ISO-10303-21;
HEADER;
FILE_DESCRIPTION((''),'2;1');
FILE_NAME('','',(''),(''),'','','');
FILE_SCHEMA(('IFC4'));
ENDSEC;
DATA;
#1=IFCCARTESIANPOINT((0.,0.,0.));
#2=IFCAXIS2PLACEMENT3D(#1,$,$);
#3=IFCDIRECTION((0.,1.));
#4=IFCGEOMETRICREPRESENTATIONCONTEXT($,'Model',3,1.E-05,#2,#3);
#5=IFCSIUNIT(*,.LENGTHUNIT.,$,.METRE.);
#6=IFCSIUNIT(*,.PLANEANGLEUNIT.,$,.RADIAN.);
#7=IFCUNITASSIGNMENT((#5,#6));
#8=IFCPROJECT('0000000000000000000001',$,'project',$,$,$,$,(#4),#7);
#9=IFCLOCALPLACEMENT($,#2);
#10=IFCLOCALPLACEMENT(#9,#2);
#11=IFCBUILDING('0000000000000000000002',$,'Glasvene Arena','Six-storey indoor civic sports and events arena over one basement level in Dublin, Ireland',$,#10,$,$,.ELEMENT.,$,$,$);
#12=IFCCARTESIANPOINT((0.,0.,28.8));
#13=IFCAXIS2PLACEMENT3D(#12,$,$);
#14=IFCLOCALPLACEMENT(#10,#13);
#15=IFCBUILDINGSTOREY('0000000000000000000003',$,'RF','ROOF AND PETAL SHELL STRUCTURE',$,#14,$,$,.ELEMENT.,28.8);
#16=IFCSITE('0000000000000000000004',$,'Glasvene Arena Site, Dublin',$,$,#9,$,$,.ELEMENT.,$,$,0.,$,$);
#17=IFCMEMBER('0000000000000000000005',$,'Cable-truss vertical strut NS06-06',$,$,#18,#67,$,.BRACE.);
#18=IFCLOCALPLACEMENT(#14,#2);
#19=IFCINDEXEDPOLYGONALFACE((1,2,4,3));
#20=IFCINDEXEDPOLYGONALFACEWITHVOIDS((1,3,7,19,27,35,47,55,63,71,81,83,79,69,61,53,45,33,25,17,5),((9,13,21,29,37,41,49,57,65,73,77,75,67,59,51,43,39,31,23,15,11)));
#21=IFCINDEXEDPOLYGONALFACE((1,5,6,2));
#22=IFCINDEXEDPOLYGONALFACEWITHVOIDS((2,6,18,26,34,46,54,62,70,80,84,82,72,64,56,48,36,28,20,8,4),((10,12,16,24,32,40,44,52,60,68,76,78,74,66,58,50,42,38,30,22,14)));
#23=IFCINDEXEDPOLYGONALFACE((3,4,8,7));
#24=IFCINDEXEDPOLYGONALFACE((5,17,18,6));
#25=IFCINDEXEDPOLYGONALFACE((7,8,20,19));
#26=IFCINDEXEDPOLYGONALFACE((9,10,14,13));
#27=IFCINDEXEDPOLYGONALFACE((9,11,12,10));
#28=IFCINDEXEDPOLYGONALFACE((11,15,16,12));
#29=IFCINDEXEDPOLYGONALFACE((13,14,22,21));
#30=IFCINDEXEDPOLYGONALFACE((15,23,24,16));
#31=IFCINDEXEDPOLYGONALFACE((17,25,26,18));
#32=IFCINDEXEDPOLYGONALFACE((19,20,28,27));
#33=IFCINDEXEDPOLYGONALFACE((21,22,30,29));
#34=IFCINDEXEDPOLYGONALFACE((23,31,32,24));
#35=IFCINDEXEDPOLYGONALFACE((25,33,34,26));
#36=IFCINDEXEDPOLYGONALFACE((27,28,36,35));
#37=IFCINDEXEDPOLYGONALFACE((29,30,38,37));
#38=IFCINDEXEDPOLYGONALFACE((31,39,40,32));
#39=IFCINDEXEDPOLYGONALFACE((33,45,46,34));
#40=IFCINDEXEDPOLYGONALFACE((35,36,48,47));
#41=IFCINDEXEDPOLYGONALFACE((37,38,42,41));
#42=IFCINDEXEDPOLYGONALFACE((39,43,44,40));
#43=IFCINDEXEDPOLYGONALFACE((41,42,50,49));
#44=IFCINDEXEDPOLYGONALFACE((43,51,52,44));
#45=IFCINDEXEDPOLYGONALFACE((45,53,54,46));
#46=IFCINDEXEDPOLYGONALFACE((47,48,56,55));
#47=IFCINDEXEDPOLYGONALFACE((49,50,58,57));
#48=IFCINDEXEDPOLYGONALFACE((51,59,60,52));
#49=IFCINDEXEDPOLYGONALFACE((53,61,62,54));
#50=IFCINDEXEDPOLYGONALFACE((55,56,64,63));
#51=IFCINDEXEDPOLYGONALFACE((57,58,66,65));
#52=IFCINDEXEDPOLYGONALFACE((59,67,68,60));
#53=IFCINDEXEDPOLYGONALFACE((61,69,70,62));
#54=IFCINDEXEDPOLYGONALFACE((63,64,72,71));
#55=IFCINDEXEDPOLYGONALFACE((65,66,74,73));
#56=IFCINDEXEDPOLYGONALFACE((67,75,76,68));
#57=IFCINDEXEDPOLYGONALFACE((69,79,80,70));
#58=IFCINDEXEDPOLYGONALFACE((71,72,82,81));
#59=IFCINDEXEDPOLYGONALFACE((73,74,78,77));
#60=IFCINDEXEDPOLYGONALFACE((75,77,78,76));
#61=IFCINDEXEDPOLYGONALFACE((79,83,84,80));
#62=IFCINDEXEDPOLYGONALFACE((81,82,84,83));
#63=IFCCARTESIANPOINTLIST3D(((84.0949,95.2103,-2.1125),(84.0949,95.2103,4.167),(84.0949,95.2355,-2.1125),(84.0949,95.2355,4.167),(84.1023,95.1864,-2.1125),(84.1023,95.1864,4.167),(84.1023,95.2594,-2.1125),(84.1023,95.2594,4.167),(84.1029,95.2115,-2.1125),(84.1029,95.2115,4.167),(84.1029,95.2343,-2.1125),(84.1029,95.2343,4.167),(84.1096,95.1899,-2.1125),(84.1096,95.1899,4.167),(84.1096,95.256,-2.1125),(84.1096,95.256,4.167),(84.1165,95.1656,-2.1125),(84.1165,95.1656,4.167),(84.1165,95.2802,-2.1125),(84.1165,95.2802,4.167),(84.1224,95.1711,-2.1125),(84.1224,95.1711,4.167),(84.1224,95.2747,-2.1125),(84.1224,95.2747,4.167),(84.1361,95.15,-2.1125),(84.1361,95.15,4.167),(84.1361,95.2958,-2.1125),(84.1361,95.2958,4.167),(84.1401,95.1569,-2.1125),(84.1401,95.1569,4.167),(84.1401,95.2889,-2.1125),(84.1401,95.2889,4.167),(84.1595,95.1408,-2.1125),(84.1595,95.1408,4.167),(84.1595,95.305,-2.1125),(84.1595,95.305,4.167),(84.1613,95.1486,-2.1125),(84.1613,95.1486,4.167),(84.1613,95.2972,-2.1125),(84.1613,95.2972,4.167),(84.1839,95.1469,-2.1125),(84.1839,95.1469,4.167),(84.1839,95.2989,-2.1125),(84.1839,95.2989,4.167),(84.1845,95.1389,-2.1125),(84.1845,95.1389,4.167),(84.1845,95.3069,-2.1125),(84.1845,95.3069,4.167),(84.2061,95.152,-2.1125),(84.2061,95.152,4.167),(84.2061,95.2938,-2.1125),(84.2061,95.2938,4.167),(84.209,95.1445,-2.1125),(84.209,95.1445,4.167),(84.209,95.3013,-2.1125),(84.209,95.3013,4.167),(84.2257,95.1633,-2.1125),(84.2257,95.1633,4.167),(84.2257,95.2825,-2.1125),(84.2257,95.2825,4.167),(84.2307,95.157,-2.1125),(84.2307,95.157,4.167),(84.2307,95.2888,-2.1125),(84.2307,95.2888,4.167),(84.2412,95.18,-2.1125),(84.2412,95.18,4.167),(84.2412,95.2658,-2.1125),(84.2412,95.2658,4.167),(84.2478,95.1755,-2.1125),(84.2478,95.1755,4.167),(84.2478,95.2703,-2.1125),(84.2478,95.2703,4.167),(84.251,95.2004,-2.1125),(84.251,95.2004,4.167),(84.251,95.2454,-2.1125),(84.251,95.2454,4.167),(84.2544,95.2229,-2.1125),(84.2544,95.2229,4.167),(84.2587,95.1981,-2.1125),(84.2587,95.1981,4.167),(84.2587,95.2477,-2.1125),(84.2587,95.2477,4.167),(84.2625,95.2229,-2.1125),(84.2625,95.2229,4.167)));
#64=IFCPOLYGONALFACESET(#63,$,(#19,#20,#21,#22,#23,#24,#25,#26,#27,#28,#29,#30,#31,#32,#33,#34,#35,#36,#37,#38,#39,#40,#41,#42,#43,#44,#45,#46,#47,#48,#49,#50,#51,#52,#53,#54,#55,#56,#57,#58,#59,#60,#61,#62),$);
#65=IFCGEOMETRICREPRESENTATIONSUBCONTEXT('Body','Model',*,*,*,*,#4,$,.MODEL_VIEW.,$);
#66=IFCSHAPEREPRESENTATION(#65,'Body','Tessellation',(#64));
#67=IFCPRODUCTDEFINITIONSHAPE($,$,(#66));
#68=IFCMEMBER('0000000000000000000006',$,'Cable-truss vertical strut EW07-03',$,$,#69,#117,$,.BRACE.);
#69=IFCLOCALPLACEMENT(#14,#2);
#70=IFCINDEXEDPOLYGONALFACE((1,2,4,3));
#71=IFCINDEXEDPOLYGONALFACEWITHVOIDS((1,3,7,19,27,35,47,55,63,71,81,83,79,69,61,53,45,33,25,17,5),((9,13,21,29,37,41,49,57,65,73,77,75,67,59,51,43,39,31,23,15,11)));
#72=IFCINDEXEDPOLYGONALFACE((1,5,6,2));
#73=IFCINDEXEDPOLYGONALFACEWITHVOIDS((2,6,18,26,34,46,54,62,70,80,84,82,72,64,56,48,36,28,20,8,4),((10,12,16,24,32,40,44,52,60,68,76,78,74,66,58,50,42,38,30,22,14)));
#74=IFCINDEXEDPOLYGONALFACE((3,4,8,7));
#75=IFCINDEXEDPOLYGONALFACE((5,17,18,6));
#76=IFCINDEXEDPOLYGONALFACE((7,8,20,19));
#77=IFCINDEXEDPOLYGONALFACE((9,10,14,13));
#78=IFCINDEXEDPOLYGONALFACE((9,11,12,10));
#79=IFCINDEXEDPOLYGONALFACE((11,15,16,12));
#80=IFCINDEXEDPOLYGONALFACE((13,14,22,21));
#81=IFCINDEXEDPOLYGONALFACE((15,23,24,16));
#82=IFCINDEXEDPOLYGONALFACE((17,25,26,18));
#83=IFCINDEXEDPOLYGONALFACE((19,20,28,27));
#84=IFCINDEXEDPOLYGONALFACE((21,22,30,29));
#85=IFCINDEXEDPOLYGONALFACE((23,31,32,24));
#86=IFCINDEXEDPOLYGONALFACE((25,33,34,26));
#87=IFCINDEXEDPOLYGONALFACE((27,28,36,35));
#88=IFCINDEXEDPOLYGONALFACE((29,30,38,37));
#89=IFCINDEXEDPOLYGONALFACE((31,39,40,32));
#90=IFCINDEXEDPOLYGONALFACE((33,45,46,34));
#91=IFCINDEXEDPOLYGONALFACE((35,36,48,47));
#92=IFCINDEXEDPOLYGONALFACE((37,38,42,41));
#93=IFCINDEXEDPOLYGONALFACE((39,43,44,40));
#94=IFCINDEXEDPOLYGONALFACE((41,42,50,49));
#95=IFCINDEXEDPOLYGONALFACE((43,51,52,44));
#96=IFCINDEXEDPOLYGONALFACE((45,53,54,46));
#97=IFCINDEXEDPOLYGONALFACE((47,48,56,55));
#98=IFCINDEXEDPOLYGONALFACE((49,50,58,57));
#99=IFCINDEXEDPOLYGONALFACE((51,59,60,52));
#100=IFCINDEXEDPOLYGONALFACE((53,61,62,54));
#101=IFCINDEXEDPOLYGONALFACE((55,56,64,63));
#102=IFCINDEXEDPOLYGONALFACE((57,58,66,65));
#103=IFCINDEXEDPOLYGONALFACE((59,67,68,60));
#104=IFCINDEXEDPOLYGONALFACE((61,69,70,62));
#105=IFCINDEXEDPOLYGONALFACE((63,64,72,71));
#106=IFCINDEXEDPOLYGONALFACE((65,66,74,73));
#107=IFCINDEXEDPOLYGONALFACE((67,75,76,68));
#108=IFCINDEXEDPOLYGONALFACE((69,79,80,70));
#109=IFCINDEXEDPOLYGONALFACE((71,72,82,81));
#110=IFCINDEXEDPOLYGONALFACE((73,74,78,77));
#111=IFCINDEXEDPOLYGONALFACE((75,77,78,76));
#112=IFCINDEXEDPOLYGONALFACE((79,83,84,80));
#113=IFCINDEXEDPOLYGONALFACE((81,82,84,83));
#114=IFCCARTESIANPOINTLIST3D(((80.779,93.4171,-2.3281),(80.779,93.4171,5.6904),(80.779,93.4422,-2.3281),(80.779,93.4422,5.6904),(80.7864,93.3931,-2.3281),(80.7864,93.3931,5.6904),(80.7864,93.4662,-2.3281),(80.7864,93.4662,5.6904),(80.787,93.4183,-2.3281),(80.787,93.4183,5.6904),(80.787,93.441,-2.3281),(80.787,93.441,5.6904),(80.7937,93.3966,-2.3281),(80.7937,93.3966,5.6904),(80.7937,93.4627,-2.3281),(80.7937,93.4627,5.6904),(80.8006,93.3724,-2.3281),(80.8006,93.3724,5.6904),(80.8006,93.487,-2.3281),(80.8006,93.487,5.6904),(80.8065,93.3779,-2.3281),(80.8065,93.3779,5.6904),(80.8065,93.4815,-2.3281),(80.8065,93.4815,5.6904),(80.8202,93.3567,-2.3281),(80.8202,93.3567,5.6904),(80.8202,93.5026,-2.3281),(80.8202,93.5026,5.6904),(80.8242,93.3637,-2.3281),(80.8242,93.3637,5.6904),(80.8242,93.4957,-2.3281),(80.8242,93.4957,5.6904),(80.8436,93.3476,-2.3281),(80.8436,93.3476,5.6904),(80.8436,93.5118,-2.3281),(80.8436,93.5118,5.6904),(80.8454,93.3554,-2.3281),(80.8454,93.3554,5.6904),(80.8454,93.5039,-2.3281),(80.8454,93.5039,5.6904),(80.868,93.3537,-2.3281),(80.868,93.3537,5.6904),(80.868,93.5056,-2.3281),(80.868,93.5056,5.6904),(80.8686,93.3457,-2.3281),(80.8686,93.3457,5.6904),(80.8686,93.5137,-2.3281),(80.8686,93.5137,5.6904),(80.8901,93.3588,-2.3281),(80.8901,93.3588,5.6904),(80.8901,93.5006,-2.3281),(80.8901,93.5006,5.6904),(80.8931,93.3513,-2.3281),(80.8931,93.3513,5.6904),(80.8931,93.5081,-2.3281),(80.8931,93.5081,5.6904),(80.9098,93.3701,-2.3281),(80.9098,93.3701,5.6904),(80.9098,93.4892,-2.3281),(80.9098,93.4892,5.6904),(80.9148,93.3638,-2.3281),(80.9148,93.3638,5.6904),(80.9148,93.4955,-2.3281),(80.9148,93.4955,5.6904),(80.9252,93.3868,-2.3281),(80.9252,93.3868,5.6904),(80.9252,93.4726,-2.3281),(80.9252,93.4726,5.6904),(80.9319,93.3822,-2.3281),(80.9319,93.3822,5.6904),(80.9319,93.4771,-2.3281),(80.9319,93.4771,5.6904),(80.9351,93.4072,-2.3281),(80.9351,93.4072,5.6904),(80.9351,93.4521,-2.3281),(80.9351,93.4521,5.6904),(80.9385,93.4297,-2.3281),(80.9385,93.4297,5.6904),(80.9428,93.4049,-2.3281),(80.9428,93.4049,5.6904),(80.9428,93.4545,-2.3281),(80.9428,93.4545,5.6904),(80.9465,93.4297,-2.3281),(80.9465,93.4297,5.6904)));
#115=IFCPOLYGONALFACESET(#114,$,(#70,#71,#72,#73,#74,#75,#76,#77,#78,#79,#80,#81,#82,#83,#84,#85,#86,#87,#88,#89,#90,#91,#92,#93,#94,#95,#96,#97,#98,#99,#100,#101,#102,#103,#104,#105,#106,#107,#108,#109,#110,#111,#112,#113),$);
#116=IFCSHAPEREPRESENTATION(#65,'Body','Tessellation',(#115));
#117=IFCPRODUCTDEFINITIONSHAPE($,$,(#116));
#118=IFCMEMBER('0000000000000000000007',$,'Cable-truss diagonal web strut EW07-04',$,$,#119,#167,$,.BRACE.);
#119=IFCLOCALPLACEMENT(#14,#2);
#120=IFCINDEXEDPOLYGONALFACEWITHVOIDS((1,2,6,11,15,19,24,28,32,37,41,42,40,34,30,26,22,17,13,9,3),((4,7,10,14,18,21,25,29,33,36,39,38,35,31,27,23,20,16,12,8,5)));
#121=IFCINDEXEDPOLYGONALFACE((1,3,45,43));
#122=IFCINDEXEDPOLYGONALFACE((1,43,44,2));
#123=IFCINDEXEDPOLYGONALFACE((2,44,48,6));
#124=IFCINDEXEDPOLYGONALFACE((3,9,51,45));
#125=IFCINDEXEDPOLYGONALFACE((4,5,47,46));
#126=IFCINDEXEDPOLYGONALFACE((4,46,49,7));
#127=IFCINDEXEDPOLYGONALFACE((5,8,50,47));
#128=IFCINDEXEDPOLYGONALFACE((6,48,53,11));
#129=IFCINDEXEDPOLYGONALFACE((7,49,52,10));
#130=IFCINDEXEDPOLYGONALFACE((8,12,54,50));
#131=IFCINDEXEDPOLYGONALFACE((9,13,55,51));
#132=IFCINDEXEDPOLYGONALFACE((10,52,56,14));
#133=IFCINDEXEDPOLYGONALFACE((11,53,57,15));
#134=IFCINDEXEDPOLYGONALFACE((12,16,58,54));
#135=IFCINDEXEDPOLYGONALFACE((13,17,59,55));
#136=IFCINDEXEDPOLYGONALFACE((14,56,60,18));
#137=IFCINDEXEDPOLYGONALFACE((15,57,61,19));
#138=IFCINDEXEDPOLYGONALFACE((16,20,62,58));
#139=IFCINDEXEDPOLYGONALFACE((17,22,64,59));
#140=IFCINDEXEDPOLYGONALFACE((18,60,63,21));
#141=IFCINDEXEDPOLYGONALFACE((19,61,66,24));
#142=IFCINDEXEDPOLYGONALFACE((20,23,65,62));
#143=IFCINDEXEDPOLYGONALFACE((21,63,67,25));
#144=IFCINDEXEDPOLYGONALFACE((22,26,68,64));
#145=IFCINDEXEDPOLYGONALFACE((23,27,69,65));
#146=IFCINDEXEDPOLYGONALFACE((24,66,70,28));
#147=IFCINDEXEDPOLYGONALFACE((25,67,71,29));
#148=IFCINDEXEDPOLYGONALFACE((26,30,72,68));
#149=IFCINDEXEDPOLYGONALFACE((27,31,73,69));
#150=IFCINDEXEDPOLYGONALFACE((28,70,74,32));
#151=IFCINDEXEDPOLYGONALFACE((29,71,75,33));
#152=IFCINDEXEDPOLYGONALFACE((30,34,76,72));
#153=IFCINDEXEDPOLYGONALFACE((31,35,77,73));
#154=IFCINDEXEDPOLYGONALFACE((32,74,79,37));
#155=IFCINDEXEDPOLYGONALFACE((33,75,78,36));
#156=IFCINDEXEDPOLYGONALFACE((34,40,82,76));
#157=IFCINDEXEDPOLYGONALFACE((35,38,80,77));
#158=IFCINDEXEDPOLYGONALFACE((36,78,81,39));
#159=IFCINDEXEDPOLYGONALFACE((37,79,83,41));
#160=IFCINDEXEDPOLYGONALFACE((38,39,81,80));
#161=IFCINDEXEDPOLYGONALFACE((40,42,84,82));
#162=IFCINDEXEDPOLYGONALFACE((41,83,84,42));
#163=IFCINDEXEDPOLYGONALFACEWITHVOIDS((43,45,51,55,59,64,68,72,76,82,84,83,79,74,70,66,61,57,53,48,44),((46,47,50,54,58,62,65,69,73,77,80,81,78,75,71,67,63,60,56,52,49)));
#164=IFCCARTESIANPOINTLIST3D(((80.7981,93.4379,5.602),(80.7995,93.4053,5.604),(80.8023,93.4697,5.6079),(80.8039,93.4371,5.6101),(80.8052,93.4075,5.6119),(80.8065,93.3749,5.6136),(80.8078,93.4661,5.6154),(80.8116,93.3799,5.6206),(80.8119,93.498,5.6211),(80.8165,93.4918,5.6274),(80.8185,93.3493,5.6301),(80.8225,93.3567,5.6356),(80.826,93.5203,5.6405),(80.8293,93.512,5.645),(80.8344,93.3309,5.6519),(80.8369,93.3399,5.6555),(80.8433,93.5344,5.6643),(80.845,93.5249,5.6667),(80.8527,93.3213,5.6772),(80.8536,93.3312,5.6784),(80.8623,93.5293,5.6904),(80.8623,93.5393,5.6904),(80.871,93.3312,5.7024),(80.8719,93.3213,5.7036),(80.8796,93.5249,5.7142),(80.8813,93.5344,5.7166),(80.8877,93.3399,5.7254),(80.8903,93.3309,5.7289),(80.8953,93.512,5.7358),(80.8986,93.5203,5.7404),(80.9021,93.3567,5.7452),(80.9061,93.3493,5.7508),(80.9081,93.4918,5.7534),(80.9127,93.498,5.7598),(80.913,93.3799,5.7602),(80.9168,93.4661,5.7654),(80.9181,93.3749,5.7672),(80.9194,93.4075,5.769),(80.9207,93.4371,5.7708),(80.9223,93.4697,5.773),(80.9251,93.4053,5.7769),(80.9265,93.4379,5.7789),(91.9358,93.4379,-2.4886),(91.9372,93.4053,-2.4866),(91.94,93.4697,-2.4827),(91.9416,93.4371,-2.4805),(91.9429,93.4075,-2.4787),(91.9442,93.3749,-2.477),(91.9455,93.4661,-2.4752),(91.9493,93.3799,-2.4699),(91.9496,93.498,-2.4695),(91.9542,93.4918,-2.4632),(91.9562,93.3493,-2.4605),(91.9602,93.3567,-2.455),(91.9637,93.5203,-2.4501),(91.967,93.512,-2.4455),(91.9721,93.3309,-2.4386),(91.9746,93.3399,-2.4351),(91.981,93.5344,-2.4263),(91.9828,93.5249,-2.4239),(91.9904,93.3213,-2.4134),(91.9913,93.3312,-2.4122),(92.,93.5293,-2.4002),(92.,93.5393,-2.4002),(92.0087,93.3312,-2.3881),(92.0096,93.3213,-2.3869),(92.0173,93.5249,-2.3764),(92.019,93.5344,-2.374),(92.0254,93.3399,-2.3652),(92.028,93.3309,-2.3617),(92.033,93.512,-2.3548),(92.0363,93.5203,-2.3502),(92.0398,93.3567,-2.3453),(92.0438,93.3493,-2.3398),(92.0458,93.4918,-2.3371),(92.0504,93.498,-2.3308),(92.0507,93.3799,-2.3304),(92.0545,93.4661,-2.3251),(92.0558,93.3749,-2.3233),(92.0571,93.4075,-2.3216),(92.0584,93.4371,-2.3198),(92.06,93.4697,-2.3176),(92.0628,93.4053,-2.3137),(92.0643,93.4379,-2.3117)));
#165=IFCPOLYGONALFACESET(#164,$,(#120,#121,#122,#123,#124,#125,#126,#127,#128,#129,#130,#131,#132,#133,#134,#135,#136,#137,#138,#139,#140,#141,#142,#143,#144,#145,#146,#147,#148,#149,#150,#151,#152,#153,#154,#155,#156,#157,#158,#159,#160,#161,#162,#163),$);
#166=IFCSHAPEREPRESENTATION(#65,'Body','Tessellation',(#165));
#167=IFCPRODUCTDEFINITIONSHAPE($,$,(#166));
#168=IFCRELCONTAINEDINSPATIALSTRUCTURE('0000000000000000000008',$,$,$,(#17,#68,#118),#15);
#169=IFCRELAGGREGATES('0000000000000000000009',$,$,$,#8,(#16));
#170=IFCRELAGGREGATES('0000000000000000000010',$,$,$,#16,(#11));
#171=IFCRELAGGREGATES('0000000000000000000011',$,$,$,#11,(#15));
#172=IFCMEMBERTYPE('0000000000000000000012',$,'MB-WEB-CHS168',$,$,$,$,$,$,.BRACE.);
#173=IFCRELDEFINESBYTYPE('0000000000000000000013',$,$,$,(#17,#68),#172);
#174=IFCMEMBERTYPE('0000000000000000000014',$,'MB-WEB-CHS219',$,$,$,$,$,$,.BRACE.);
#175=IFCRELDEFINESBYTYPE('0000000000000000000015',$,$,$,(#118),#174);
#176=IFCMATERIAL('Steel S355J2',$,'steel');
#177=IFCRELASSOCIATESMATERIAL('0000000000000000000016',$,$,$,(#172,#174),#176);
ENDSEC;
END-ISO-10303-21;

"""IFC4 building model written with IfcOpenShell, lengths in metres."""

from ifc_helpers import new_model, si_unit, direction, frame, origin, origin_2d, place, context, subcontext, project, spatial, hollow_circle, extrude, material, material_profile, profile_set, type_object, element, save


model = new_model("IFC4")

# Units and contexts
model_context = context("Model", 3, precision=1e-05, world=origin(), true_north=direction((0.0, 1.0)))
body_context = subcontext(model_context, "Body", "Model", "MODEL_VIEW")
ifc_project = project(units=[si_unit("LENGTHUNIT", "METRE"), si_unit("PLANEANGLEUNIT", "RADIAN")], contexts=[model_context])

# Site, building, storey
site_placement = place(None, origin())
site = spatial("IfcSite", under=ifc_project, at=site_placement, Name="Glasvene Arena Site, Dublin", CompositionType="ELEMENT", RefElevation=0.0)
building_placement = place(site_placement, origin())
building = spatial("IfcBuilding", under=site, at=building_placement, Name="Glasvene Arena", Description="Six-storey indoor civic sports and events arena over one basement level in Dublin, Ireland", CompositionType="ELEMENT")
storey_placement = place(building_placement, frame((0.0, 0.0, 28.8)))
storey = spatial("IfcBuildingStorey", under=building, at=storey_placement, Name="RF", Description="ROOF AND PETAL SHELL STRUCTURE", CompositionType="ELEMENT", Elevation=28.8)

# Members
ifc_material_1 = material(Name="Steel S355J2", Category="steel")
ifc_material_profile_1 = material_profile(ifc_material_1, hollow_circle(Radius=0.0842, WallThickness=0.0081, at=origin_2d()), Name="CHS 168.3x8.0")
ifc_profile_set_1 = profile_set([ifc_material_profile_1], Name="Steel S355J2")
member_type_1 = type_object("IfcMemberType", Name="MB-WEB-CHS168", PredefinedType="BRACE", material=ifc_profile_set_1)
member_1_placement = place(storey_placement, frame((84.1782, 95.2229, -2.1125), z_axis=(0.0, 0.0, 1.0), x_axis=(1.0, 0.0, 0.0)))
element("IfcMember", 1, at=member_1_placement, inside=storey, type_object=member_type_1, Name="Cable-truss vertical strut NS06-06", PredefinedType="BRACE", context=body_context, shape_type="SweptSolid", body=[
    extrude(hollow_circle(Radius=0.0842, WallThickness=0.0081, at=origin_2d()), origin(), (0.0, 0.0, 1.0), 6.2795),
])
member_2_placement = place(storey_placement, frame((80.8623, 93.4297, -2.3281), z_axis=(0.0, 0.0, 1.0), x_axis=(1.0, 0.0, 0.0)))
element("IfcMember", 2, at=member_2_placement, inside=storey, type_object=member_type_1, Name="Cable-truss vertical strut EW07-03", PredefinedType="BRACE", context=body_context, shape_type="SweptSolid", body=[
    extrude(hollow_circle(Radius=0.0842, WallThickness=0.0081, at=origin_2d()), origin(), (0.0, 0.0, 1.0), 8.0186),
])
ifc_material_profile_2 = material_profile(ifc_material_1, hollow_circle(Radius=0.1096, WallThickness=0.01, at=origin_2d()), Name="CHS 219.1x10.0")
ifc_profile_set_2 = profile_set([ifc_material_profile_2], Name="Steel S355J2")
member_type_2 = type_object("IfcMemberType", Name="MB-WEB-CHS219", PredefinedType="BRACE", material=ifc_profile_set_2)
member_3_placement = place(storey_placement, frame((80.8623, 93.4297, 5.6904), z_axis=(0.809066, 0.0, -0.587717), x_axis=(0.0, 1.0, 0.0)))
element("IfcMember", 3, at=member_3_placement, inside=storey, type_object=member_type_2, Name="Cable-truss diagonal web strut EW07-04", PredefinedType="BRACE", context=body_context, shape_type="SweptSolid", body=[
    extrude(hollow_circle(Radius=0.1096, WallThickness=0.01, at=origin_2d()), origin(), (0.0, 0.0, 1.0), 13.7661),
])

save(model, "model.ifc")
